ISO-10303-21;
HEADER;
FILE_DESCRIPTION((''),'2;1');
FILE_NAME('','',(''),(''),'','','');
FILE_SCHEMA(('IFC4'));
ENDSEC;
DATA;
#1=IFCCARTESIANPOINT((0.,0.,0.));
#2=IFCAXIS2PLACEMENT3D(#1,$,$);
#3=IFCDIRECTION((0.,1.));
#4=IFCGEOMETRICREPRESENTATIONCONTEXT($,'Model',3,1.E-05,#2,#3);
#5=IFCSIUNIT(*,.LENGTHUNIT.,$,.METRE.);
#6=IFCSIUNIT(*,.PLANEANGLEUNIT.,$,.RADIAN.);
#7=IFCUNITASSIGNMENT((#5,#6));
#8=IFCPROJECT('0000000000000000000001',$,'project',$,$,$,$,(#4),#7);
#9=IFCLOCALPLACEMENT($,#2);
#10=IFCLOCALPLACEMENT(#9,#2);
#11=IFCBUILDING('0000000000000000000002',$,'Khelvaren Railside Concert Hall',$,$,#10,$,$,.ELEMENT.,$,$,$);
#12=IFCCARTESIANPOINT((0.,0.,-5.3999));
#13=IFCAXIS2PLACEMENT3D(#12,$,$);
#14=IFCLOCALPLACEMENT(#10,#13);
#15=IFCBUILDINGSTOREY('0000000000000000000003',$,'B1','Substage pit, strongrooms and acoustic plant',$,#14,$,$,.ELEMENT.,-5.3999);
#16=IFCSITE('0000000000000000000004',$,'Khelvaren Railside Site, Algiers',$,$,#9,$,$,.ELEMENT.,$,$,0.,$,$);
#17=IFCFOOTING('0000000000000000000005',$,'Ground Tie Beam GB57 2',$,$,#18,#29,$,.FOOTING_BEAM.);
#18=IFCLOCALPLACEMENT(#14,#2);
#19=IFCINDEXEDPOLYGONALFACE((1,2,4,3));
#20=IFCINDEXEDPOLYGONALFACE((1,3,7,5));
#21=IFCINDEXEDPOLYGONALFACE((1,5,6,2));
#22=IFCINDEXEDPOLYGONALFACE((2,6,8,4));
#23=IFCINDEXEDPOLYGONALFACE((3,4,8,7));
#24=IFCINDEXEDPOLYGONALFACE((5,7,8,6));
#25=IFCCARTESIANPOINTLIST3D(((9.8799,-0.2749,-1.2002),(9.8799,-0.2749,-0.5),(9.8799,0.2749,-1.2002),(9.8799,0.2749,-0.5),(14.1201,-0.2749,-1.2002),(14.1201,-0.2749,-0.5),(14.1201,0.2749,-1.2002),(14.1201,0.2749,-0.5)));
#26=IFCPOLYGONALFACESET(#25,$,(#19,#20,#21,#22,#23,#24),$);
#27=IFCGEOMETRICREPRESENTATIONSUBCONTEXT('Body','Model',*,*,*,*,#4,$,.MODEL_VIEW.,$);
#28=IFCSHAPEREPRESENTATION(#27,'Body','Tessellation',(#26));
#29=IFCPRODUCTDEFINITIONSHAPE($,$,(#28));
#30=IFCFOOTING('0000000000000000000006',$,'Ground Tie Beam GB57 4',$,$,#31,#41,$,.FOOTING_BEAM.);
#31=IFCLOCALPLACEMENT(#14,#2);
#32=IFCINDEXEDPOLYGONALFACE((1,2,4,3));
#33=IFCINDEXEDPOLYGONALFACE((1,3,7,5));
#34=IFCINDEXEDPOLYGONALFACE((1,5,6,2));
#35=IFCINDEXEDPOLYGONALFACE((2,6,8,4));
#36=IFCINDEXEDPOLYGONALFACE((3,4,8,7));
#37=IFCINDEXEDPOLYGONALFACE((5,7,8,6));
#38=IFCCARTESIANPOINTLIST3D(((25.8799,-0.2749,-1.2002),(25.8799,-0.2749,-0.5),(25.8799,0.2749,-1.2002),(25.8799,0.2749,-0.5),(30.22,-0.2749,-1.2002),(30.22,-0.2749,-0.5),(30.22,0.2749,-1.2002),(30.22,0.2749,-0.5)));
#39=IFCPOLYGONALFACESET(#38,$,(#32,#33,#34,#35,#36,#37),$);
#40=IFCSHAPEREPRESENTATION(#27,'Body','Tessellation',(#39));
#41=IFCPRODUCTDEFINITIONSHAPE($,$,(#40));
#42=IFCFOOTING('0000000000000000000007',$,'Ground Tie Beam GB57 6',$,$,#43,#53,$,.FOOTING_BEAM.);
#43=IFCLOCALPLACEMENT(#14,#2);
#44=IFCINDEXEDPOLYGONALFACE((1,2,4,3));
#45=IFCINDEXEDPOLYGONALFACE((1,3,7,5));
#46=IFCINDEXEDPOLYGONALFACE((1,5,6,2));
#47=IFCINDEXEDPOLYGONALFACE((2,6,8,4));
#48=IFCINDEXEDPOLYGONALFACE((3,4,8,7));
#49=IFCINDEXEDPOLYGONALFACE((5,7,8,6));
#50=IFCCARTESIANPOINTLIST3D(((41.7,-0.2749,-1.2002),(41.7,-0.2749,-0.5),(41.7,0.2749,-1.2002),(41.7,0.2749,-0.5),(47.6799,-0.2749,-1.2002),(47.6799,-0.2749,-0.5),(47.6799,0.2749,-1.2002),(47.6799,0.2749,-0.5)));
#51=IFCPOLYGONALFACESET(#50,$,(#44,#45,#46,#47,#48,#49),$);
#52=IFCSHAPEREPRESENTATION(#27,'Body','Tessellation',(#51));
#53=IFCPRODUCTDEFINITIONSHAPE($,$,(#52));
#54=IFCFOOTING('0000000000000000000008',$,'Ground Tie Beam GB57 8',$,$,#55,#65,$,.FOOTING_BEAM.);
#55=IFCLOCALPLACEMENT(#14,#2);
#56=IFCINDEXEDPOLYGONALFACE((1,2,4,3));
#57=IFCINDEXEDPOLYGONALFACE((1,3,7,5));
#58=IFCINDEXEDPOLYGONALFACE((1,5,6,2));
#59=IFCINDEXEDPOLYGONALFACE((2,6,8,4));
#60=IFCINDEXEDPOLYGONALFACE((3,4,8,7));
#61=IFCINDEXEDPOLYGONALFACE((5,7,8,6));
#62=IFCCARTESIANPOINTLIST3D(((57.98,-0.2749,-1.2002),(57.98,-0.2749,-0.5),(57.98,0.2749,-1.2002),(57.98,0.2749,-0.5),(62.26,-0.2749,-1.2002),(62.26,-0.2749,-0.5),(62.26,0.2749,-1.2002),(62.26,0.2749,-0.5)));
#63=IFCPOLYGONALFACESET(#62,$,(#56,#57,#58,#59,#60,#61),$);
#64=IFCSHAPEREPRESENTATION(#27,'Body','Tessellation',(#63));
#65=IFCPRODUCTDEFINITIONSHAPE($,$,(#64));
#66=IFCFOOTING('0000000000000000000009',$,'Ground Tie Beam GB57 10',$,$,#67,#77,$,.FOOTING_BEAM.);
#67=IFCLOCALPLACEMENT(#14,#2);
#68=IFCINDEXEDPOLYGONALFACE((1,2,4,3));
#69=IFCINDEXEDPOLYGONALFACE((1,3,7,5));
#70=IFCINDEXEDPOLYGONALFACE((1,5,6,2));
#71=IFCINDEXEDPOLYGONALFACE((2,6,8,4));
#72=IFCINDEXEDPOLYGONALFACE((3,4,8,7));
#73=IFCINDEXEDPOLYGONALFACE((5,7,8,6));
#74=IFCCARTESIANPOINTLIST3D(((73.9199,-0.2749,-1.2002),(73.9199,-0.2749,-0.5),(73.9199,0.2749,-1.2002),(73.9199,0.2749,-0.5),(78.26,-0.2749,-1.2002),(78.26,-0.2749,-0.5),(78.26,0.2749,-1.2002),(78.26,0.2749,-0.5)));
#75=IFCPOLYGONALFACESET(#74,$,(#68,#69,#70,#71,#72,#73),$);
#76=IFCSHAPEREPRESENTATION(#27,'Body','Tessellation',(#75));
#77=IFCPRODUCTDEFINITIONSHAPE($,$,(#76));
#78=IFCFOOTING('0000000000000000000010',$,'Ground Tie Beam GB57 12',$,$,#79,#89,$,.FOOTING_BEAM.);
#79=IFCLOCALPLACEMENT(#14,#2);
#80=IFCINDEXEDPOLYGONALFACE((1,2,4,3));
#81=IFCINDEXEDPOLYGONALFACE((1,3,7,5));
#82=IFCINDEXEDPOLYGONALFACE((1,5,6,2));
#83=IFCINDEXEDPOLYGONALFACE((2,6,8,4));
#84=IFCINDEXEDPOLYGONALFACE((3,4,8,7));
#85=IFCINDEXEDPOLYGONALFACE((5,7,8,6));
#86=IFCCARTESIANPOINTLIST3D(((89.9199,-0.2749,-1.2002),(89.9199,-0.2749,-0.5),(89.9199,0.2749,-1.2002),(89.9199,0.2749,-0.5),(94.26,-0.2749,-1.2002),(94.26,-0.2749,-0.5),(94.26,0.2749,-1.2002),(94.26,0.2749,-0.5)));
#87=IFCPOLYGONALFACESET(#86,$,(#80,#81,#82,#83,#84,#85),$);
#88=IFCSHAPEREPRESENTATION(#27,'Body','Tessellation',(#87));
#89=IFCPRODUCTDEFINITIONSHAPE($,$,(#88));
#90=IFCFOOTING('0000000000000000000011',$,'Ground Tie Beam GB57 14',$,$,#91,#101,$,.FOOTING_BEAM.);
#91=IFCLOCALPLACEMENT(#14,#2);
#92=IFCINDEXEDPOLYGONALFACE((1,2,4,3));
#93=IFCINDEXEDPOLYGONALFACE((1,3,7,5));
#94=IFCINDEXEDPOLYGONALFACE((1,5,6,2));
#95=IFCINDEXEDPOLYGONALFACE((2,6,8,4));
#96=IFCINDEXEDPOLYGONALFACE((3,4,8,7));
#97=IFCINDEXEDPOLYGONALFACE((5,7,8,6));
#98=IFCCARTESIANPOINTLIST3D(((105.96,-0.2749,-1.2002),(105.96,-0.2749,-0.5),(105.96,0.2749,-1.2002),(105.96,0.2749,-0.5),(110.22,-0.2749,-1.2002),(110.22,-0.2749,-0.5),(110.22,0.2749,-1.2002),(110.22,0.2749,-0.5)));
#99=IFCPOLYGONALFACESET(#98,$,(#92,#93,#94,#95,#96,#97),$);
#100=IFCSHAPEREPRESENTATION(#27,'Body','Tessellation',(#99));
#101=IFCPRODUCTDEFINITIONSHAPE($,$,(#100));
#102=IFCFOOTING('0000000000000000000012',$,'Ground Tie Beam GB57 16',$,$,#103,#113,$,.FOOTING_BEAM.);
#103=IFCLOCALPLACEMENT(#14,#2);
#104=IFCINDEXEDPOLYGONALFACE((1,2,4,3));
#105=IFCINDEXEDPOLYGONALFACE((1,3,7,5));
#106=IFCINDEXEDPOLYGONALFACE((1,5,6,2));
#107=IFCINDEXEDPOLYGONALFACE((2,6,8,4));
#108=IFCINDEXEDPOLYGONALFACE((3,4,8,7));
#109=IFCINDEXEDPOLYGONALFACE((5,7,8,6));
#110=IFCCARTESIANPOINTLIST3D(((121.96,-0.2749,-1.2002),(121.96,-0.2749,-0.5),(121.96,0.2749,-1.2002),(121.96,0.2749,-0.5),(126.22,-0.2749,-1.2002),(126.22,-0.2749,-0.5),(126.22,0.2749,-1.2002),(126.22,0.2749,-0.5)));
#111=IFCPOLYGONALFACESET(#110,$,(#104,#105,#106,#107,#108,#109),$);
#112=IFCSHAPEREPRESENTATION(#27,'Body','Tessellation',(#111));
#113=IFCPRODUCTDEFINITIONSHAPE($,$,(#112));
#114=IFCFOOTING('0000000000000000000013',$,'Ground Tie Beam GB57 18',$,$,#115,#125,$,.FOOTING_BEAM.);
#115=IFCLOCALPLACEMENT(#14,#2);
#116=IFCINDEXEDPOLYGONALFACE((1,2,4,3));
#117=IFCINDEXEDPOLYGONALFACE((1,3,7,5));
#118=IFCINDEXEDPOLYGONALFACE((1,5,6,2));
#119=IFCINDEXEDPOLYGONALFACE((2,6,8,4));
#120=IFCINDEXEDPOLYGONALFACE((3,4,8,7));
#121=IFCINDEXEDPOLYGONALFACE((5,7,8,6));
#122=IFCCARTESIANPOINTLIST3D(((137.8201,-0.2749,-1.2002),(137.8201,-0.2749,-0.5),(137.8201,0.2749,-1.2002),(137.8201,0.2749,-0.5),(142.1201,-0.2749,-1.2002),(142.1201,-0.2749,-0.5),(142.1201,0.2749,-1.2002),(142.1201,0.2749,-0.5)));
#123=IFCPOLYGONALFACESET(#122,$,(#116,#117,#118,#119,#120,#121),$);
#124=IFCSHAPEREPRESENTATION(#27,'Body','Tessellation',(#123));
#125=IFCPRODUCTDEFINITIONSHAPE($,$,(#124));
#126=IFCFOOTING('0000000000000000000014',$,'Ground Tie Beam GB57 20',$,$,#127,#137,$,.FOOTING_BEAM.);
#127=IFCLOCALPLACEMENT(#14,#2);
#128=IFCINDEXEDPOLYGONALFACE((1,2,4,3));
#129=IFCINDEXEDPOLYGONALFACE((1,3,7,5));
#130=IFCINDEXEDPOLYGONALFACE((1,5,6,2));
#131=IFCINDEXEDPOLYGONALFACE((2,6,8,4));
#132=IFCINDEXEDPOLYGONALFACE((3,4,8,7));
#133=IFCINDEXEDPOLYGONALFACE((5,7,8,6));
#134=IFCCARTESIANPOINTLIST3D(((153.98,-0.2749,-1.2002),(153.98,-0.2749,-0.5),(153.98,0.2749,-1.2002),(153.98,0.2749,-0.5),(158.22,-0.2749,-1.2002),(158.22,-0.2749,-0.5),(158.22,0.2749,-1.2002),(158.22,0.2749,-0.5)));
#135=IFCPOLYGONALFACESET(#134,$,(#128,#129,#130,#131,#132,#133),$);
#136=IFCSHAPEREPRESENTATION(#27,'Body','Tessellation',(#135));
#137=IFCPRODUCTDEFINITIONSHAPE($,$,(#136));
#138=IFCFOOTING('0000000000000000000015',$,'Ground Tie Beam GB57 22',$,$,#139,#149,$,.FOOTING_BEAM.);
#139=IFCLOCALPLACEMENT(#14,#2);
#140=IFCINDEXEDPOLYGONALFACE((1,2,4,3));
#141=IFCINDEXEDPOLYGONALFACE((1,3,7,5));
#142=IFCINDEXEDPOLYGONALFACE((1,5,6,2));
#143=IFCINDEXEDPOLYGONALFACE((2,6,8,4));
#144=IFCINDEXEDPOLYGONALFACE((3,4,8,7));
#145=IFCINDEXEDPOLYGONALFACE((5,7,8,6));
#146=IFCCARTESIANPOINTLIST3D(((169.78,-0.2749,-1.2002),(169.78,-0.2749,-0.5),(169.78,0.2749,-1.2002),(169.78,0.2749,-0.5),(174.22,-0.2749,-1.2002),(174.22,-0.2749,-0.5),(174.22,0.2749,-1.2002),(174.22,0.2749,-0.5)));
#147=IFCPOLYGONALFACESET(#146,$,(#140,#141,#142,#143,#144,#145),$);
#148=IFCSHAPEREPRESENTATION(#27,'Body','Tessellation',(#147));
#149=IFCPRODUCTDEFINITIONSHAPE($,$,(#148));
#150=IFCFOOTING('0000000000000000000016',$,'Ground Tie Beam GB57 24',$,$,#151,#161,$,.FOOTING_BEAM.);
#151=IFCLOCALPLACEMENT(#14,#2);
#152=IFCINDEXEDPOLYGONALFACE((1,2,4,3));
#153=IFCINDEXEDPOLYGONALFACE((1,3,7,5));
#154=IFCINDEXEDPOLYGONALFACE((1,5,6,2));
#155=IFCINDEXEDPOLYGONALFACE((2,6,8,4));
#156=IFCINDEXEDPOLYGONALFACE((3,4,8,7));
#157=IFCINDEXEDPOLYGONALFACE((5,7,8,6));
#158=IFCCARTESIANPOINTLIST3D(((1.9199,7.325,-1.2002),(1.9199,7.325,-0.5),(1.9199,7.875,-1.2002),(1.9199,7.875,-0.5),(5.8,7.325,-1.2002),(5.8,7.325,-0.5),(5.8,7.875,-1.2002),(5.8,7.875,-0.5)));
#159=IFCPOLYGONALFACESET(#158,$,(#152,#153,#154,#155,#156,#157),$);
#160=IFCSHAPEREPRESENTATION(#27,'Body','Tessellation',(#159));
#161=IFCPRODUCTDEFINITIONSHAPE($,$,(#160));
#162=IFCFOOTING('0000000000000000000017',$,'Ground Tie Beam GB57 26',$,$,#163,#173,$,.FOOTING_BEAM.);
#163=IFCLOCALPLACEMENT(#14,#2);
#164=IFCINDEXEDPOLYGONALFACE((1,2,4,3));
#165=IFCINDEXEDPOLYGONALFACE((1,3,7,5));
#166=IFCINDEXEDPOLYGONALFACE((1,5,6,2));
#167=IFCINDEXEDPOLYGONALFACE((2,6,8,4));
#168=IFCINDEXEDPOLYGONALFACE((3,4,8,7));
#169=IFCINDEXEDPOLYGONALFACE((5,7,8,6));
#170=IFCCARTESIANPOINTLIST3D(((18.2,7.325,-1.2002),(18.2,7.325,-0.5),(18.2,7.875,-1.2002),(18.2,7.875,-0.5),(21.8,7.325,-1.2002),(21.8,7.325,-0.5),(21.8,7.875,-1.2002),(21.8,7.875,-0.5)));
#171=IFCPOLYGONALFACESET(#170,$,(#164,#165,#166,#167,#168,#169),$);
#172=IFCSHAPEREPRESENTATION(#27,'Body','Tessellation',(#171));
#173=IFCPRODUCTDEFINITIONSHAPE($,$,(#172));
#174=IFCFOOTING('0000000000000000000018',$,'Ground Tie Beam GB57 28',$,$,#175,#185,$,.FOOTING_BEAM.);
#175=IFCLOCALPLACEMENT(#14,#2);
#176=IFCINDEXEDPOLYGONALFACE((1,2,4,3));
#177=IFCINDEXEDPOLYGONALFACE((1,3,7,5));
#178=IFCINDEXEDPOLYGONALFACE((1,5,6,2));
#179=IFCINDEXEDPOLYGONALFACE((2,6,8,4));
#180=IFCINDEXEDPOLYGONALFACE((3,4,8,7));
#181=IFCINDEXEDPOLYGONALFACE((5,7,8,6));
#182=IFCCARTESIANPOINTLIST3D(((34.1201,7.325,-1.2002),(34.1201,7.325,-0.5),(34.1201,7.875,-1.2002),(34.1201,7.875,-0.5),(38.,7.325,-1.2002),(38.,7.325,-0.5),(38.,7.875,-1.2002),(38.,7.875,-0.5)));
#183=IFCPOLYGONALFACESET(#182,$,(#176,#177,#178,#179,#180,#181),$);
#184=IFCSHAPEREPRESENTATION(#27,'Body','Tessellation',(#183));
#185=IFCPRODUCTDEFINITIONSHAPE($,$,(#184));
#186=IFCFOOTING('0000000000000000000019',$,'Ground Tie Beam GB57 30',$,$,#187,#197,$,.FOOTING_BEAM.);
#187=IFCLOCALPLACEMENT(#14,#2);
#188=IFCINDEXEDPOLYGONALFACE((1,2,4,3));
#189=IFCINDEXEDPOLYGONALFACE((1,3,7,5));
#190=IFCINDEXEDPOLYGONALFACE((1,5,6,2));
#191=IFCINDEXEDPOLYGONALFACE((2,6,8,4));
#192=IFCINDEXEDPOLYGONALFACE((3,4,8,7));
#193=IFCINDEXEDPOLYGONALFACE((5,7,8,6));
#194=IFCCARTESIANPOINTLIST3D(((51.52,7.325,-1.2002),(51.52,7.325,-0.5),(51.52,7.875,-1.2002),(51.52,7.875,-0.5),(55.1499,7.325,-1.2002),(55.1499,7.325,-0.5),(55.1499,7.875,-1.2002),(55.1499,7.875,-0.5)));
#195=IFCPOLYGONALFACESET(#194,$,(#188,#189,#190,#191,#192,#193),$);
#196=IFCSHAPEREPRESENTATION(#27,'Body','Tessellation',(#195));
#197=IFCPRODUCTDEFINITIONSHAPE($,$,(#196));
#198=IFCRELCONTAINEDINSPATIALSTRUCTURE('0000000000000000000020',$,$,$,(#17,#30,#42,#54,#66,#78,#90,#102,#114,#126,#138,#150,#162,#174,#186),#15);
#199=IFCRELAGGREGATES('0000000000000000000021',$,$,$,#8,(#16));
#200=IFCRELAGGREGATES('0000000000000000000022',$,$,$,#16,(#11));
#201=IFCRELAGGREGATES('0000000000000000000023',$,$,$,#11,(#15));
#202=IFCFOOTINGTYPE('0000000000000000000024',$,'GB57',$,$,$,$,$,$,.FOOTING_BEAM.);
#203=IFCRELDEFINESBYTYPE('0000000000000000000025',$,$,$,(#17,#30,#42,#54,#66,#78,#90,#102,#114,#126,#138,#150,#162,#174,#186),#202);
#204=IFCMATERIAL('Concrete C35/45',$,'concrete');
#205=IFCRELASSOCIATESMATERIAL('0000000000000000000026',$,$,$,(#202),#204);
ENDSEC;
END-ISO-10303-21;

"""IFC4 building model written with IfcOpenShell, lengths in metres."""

from ifc_helpers import new_model, si_unit, direction, frame, origin, place, context, subcontext, project, spatial, polyline, outline, extrude, material, type_object, element, save


model = new_model("IFC4")

# Units and contexts
model_context = context("Model", 3, precision=1e-05, world=origin(), true_north=direction((0.0, 1.0)))
body_context = subcontext(model_context, "Body", "Model", "MODEL_VIEW")
ifc_project = project(units=[si_unit("LENGTHUNIT", "METRE"), si_unit("PLANEANGLEUNIT", "RADIAN")], contexts=[model_context])

# Site, building, storey
site_placement = place(None, origin())
site = spatial("IfcSite", under=ifc_project, at=site_placement, Name="Khelvaren Railside Site, Algiers", CompositionType="ELEMENT", RefElevation=0.0)
building_placement = place(site_placement, origin())
building = spatial("IfcBuilding", under=site, at=building_placement, Name="Khelvaren Railside Concert Hall", CompositionType="ELEMENT")
storey_placement = place(building_placement, frame((0.0, 0.0, -5.3999)))
storey = spatial("IfcBuildingStorey", under=building, at=storey_placement, Name="B1", Description="Substage pit, strongrooms and acoustic plant", CompositionType="ELEMENT", Elevation=-5.3999)

# Footings
ifc_material = material(Name="Concrete C35/45", Category="concrete")
footing_type_1 = type_object("IfcFootingType", Name="GB57", PredefinedType="FOOTING_BEAM", material=ifc_material)
footing_1_placement = place(storey_placement, frame((0.0, 0.0, -1.2002)))
element("IfcFooting", 1, at=footing_1_placement, inside=storey, type_object=footing_type_1, Name="Ground Tie Beam GB57 2", PredefinedType="FOOTING_BEAM", context=body_context, shape_type="SweptSolid", body=[
    extrude(outline(polyline([(9.8799, -0.2749), (14.1201, -0.2749), (14.1201, 0.2749), (9.8799, 0.2749), (9.8799, -0.2749)])), origin(), (0.0, 0.0, 1.0), 0.7002),
])
footing_2_placement = place(storey_placement, frame((0.0, 0.0, -1.2002)))
element("IfcFooting", 2, at=footing_2_placement, inside=storey, type_object=footing_type_1, Name="Ground Tie Beam GB57 4", PredefinedType="FOOTING_BEAM", context=body_context, shape_type="SweptSolid", body=[
    extrude(outline(polyline([(25.8799, -0.2749), (30.22, -0.2749), (30.22, 0.2749), (25.8799, 0.2749), (25.8799, -0.2749)])), origin(), (0.0, 0.0, 1.0), 0.7002),
])
footing_3_placement = place(storey_placement, frame((0.0, 0.0, -1.2002)))
element("IfcFooting", 3, at=footing_3_placement, inside=storey, type_object=footing_type_1, Name="Ground Tie Beam GB57 6", PredefinedType="FOOTING_BEAM", context=body_context, shape_type="SweptSolid", body=[
    extrude(outline(polyline([(41.7, -0.2749), (47.6799, -0.2749), (47.6799, 0.2749), (41.7, 0.2749), (41.7, -0.2749)])), origin(), (0.0, 0.0, 1.0), 0.7002),
])
footing_4_placement = place(storey_placement, frame((0.0, 0.0, -1.2002)))
element("IfcFooting", 4, at=footing_4_placement, inside=storey, type_object=footing_type_1, Name="Ground Tie Beam GB57 8", PredefinedType="FOOTING_BEAM", context=body_context, shape_type="SweptSolid", body=[
    extrude(outline(polyline([(57.98, -0.2749), (62.26, -0.2749), (62.26, 0.2749), (57.98, 0.2749), (57.98, -0.2749)])), origin(), (0.0, 0.0, 1.0), 0.7002),
])
footing_5_placement = place(storey_placement, frame((0.0, 0.0, -1.2002)))
element("IfcFooting", 5, at=footing_5_placement, inside=storey, type_object=footing_type_1, Name="Ground Tie Beam GB57 10", PredefinedType="FOOTING_BEAM", context=body_context, shape_type="SweptSolid", body=[
    extrude(outline(polyline([(73.9199, -0.2749), (78.26, -0.2749), (78.26, 0.2749), (73.9199, 0.2749), (73.9199, -0.2749)])), origin(), (0.0, 0.0, 1.0), 0.7002),
])
footing_6_placement = place(storey_placement, frame((0.0, 0.0, -1.2002)))
element("IfcFooting", 6, at=footing_6_placement, inside=storey, type_object=footing_type_1, Name="Ground Tie Beam GB57 12", PredefinedType="FOOTING_BEAM", context=body_context, shape_type="SweptSolid", body=[
    extrude(outline(polyline([(89.9199, -0.2749), (94.26, -0.2749), (94.26, 0.2749), (89.9199, 0.2749), (89.9199, -0.2749)])), origin(), (0.0, 0.0, 1.0), 0.7002),
])
footing_7_placement = place(storey_placement, frame((0.0, 0.0, -1.2002)))
element("IfcFooting", 7, at=footing_7_placement, inside=storey, type_object=footing_type_1, Name="Ground Tie Beam GB57 14", PredefinedType="FOOTING_BEAM", context=body_context, shape_type="SweptSolid", body=[
    extrude(outline(polyline([(105.96, -0.2749), (110.22, -0.2749), (110.22, 0.2749), (105.96, 0.2749), (105.96, -0.2749)])), origin(), (0.0, 0.0, 1.0), 0.7002),
])
footing_8_placement = place(storey_placement, frame((0.0, 0.0, -1.2002)))
element("IfcFooting", 8, at=footing_8_placement, inside=storey, type_object=footing_type_1, Name="Ground Tie Beam GB57 16", PredefinedType="FOOTING_BEAM", context=body_context, shape_type="SweptSolid", body=[
    extrude(outline(polyline([(121.96, -0.2749), (126.22, -0.2749), (126.22, 0.2749), (121.96, 0.2749), (121.96, -0.2749)])), origin(), (0.0, 0.0, 1.0), 0.7002),
])
footing_9_placement = place(storey_placement, frame((0.0, 0.0, -1.2002)))
element("IfcFooting", 9, at=footing_9_placement, inside=storey, type_object=footing_type_1, Name="Ground Tie Beam GB57 18", PredefinedType="FOOTING_BEAM", context=body_context, shape_type="SweptSolid", body=[
    extrude(outline(polyline([(137.8201, -0.2749), (142.1201, -0.2749), (142.1201, 0.2749), (137.8201, 0.2749), (137.8201, -0.2749)])), origin(), (0.0, 0.0, 1.0), 0.7002),
])
footing_10_placement = place(storey_placement, frame((0.0, 0.0, -1.2002)))
element("IfcFooting", 10, at=footing_10_placement, inside=storey, type_object=footing_type_1, Name="Ground Tie Beam GB57 20", PredefinedType="FOOTING_BEAM", context=body_context, shape_type="SweptSolid", body=[
    extrude(outline(polyline([(153.98, -0.2749), (158.22, -0.2749), (158.22, 0.2749), (153.98, 0.2749), (153.98, -0.2749)])), origin(), (0.0, 0.0, 1.0), 0.7002),
])
footing_11_placement = place(storey_placement, frame((0.0, 0.0, -1.2002)))
element("IfcFooting", 11, at=footing_11_placement, inside=storey, type_object=footing_type_1, Name="Ground Tie Beam GB57 22", PredefinedType="FOOTING_BEAM", context=body_context, shape_type="SweptSolid", body=[
    extrude(outline(polyline([(169.78, -0.2749), (174.22, -0.2749), (174.22, 0.2749), (169.78, 0.2749), (169.78, -0.2749)])), origin(), (0.0, 0.0, 1.0), 0.7002),
])
footing_12_placement = place(storey_placement, frame((0.0, 0.0, -1.2002)))
element("IfcFooting", 12, at=footing_12_placement, inside=storey, type_object=footing_type_1, Name="Ground Tie Beam GB57 24", PredefinedType="FOOTING_BEAM", context=body_context, shape_type="SweptSolid", body=[
    extrude(outline(polyline([(1.9199, 7.325), (5.8, 7.325), (5.8, 7.875), (1.9199, 7.875), (1.9199, 7.325)])), origin(), (0.0, 0.0, 1.0), 0.7002),
])
footing_13_placement = place(storey_placement, frame((0.0, 0.0, -1.2002)))
element("IfcFooting", 13, at=footing_13_placement, inside=storey, type_object=footing_type_1, Name="Ground Tie Beam GB57 26", PredefinedType="FOOTING_BEAM", context=body_context, shape_type="SweptSolid", body=[
    extrude(outline(polyline([(18.2, 7.325), (21.8, 7.325), (21.8, 7.875), (18.2, 7.875), (18.2, 7.325)])), origin(), (0.0, 0.0, 1.0), 0.7002),
])
footing_14_placement = place(storey_placement, frame((0.0, 0.0, -1.2002)))
element("IfcFooting", 14, at=footing_14_placement, inside=storey, type_object=footing_type_1, Name="Ground Tie Beam GB57 28", PredefinedType="FOOTING_BEAM", context=body_context, shape_type="SweptSolid", body=[
    extrude(outline(polyline([(34.1201, 7.325), (38.0, 7.325), (38.0, 7.875), (34.1201, 7.875), (34.1201, 7.325)])), origin(), (0.0, 0.0, 1.0), 0.7002),
])
footing_15_placement = place(storey_placement, frame((0.0, 0.0, -1.2002)))
element("IfcFooting", 15, at=footing_15_placement, inside=storey, type_object=footing_type_1, Name="Ground Tie Beam GB57 30", PredefinedType="FOOTING_BEAM", context=body_context, shape_type="SweptSolid", body=[
    extrude(outline(polyline([(51.52, 7.325), (55.1499, 7.325), (55.1499, 7.875), (51.52, 7.875), (51.52, 7.325)])), origin(), (0.0, 0.0, 1.0), 0.7002),
])

save(model, "model.ifc")
